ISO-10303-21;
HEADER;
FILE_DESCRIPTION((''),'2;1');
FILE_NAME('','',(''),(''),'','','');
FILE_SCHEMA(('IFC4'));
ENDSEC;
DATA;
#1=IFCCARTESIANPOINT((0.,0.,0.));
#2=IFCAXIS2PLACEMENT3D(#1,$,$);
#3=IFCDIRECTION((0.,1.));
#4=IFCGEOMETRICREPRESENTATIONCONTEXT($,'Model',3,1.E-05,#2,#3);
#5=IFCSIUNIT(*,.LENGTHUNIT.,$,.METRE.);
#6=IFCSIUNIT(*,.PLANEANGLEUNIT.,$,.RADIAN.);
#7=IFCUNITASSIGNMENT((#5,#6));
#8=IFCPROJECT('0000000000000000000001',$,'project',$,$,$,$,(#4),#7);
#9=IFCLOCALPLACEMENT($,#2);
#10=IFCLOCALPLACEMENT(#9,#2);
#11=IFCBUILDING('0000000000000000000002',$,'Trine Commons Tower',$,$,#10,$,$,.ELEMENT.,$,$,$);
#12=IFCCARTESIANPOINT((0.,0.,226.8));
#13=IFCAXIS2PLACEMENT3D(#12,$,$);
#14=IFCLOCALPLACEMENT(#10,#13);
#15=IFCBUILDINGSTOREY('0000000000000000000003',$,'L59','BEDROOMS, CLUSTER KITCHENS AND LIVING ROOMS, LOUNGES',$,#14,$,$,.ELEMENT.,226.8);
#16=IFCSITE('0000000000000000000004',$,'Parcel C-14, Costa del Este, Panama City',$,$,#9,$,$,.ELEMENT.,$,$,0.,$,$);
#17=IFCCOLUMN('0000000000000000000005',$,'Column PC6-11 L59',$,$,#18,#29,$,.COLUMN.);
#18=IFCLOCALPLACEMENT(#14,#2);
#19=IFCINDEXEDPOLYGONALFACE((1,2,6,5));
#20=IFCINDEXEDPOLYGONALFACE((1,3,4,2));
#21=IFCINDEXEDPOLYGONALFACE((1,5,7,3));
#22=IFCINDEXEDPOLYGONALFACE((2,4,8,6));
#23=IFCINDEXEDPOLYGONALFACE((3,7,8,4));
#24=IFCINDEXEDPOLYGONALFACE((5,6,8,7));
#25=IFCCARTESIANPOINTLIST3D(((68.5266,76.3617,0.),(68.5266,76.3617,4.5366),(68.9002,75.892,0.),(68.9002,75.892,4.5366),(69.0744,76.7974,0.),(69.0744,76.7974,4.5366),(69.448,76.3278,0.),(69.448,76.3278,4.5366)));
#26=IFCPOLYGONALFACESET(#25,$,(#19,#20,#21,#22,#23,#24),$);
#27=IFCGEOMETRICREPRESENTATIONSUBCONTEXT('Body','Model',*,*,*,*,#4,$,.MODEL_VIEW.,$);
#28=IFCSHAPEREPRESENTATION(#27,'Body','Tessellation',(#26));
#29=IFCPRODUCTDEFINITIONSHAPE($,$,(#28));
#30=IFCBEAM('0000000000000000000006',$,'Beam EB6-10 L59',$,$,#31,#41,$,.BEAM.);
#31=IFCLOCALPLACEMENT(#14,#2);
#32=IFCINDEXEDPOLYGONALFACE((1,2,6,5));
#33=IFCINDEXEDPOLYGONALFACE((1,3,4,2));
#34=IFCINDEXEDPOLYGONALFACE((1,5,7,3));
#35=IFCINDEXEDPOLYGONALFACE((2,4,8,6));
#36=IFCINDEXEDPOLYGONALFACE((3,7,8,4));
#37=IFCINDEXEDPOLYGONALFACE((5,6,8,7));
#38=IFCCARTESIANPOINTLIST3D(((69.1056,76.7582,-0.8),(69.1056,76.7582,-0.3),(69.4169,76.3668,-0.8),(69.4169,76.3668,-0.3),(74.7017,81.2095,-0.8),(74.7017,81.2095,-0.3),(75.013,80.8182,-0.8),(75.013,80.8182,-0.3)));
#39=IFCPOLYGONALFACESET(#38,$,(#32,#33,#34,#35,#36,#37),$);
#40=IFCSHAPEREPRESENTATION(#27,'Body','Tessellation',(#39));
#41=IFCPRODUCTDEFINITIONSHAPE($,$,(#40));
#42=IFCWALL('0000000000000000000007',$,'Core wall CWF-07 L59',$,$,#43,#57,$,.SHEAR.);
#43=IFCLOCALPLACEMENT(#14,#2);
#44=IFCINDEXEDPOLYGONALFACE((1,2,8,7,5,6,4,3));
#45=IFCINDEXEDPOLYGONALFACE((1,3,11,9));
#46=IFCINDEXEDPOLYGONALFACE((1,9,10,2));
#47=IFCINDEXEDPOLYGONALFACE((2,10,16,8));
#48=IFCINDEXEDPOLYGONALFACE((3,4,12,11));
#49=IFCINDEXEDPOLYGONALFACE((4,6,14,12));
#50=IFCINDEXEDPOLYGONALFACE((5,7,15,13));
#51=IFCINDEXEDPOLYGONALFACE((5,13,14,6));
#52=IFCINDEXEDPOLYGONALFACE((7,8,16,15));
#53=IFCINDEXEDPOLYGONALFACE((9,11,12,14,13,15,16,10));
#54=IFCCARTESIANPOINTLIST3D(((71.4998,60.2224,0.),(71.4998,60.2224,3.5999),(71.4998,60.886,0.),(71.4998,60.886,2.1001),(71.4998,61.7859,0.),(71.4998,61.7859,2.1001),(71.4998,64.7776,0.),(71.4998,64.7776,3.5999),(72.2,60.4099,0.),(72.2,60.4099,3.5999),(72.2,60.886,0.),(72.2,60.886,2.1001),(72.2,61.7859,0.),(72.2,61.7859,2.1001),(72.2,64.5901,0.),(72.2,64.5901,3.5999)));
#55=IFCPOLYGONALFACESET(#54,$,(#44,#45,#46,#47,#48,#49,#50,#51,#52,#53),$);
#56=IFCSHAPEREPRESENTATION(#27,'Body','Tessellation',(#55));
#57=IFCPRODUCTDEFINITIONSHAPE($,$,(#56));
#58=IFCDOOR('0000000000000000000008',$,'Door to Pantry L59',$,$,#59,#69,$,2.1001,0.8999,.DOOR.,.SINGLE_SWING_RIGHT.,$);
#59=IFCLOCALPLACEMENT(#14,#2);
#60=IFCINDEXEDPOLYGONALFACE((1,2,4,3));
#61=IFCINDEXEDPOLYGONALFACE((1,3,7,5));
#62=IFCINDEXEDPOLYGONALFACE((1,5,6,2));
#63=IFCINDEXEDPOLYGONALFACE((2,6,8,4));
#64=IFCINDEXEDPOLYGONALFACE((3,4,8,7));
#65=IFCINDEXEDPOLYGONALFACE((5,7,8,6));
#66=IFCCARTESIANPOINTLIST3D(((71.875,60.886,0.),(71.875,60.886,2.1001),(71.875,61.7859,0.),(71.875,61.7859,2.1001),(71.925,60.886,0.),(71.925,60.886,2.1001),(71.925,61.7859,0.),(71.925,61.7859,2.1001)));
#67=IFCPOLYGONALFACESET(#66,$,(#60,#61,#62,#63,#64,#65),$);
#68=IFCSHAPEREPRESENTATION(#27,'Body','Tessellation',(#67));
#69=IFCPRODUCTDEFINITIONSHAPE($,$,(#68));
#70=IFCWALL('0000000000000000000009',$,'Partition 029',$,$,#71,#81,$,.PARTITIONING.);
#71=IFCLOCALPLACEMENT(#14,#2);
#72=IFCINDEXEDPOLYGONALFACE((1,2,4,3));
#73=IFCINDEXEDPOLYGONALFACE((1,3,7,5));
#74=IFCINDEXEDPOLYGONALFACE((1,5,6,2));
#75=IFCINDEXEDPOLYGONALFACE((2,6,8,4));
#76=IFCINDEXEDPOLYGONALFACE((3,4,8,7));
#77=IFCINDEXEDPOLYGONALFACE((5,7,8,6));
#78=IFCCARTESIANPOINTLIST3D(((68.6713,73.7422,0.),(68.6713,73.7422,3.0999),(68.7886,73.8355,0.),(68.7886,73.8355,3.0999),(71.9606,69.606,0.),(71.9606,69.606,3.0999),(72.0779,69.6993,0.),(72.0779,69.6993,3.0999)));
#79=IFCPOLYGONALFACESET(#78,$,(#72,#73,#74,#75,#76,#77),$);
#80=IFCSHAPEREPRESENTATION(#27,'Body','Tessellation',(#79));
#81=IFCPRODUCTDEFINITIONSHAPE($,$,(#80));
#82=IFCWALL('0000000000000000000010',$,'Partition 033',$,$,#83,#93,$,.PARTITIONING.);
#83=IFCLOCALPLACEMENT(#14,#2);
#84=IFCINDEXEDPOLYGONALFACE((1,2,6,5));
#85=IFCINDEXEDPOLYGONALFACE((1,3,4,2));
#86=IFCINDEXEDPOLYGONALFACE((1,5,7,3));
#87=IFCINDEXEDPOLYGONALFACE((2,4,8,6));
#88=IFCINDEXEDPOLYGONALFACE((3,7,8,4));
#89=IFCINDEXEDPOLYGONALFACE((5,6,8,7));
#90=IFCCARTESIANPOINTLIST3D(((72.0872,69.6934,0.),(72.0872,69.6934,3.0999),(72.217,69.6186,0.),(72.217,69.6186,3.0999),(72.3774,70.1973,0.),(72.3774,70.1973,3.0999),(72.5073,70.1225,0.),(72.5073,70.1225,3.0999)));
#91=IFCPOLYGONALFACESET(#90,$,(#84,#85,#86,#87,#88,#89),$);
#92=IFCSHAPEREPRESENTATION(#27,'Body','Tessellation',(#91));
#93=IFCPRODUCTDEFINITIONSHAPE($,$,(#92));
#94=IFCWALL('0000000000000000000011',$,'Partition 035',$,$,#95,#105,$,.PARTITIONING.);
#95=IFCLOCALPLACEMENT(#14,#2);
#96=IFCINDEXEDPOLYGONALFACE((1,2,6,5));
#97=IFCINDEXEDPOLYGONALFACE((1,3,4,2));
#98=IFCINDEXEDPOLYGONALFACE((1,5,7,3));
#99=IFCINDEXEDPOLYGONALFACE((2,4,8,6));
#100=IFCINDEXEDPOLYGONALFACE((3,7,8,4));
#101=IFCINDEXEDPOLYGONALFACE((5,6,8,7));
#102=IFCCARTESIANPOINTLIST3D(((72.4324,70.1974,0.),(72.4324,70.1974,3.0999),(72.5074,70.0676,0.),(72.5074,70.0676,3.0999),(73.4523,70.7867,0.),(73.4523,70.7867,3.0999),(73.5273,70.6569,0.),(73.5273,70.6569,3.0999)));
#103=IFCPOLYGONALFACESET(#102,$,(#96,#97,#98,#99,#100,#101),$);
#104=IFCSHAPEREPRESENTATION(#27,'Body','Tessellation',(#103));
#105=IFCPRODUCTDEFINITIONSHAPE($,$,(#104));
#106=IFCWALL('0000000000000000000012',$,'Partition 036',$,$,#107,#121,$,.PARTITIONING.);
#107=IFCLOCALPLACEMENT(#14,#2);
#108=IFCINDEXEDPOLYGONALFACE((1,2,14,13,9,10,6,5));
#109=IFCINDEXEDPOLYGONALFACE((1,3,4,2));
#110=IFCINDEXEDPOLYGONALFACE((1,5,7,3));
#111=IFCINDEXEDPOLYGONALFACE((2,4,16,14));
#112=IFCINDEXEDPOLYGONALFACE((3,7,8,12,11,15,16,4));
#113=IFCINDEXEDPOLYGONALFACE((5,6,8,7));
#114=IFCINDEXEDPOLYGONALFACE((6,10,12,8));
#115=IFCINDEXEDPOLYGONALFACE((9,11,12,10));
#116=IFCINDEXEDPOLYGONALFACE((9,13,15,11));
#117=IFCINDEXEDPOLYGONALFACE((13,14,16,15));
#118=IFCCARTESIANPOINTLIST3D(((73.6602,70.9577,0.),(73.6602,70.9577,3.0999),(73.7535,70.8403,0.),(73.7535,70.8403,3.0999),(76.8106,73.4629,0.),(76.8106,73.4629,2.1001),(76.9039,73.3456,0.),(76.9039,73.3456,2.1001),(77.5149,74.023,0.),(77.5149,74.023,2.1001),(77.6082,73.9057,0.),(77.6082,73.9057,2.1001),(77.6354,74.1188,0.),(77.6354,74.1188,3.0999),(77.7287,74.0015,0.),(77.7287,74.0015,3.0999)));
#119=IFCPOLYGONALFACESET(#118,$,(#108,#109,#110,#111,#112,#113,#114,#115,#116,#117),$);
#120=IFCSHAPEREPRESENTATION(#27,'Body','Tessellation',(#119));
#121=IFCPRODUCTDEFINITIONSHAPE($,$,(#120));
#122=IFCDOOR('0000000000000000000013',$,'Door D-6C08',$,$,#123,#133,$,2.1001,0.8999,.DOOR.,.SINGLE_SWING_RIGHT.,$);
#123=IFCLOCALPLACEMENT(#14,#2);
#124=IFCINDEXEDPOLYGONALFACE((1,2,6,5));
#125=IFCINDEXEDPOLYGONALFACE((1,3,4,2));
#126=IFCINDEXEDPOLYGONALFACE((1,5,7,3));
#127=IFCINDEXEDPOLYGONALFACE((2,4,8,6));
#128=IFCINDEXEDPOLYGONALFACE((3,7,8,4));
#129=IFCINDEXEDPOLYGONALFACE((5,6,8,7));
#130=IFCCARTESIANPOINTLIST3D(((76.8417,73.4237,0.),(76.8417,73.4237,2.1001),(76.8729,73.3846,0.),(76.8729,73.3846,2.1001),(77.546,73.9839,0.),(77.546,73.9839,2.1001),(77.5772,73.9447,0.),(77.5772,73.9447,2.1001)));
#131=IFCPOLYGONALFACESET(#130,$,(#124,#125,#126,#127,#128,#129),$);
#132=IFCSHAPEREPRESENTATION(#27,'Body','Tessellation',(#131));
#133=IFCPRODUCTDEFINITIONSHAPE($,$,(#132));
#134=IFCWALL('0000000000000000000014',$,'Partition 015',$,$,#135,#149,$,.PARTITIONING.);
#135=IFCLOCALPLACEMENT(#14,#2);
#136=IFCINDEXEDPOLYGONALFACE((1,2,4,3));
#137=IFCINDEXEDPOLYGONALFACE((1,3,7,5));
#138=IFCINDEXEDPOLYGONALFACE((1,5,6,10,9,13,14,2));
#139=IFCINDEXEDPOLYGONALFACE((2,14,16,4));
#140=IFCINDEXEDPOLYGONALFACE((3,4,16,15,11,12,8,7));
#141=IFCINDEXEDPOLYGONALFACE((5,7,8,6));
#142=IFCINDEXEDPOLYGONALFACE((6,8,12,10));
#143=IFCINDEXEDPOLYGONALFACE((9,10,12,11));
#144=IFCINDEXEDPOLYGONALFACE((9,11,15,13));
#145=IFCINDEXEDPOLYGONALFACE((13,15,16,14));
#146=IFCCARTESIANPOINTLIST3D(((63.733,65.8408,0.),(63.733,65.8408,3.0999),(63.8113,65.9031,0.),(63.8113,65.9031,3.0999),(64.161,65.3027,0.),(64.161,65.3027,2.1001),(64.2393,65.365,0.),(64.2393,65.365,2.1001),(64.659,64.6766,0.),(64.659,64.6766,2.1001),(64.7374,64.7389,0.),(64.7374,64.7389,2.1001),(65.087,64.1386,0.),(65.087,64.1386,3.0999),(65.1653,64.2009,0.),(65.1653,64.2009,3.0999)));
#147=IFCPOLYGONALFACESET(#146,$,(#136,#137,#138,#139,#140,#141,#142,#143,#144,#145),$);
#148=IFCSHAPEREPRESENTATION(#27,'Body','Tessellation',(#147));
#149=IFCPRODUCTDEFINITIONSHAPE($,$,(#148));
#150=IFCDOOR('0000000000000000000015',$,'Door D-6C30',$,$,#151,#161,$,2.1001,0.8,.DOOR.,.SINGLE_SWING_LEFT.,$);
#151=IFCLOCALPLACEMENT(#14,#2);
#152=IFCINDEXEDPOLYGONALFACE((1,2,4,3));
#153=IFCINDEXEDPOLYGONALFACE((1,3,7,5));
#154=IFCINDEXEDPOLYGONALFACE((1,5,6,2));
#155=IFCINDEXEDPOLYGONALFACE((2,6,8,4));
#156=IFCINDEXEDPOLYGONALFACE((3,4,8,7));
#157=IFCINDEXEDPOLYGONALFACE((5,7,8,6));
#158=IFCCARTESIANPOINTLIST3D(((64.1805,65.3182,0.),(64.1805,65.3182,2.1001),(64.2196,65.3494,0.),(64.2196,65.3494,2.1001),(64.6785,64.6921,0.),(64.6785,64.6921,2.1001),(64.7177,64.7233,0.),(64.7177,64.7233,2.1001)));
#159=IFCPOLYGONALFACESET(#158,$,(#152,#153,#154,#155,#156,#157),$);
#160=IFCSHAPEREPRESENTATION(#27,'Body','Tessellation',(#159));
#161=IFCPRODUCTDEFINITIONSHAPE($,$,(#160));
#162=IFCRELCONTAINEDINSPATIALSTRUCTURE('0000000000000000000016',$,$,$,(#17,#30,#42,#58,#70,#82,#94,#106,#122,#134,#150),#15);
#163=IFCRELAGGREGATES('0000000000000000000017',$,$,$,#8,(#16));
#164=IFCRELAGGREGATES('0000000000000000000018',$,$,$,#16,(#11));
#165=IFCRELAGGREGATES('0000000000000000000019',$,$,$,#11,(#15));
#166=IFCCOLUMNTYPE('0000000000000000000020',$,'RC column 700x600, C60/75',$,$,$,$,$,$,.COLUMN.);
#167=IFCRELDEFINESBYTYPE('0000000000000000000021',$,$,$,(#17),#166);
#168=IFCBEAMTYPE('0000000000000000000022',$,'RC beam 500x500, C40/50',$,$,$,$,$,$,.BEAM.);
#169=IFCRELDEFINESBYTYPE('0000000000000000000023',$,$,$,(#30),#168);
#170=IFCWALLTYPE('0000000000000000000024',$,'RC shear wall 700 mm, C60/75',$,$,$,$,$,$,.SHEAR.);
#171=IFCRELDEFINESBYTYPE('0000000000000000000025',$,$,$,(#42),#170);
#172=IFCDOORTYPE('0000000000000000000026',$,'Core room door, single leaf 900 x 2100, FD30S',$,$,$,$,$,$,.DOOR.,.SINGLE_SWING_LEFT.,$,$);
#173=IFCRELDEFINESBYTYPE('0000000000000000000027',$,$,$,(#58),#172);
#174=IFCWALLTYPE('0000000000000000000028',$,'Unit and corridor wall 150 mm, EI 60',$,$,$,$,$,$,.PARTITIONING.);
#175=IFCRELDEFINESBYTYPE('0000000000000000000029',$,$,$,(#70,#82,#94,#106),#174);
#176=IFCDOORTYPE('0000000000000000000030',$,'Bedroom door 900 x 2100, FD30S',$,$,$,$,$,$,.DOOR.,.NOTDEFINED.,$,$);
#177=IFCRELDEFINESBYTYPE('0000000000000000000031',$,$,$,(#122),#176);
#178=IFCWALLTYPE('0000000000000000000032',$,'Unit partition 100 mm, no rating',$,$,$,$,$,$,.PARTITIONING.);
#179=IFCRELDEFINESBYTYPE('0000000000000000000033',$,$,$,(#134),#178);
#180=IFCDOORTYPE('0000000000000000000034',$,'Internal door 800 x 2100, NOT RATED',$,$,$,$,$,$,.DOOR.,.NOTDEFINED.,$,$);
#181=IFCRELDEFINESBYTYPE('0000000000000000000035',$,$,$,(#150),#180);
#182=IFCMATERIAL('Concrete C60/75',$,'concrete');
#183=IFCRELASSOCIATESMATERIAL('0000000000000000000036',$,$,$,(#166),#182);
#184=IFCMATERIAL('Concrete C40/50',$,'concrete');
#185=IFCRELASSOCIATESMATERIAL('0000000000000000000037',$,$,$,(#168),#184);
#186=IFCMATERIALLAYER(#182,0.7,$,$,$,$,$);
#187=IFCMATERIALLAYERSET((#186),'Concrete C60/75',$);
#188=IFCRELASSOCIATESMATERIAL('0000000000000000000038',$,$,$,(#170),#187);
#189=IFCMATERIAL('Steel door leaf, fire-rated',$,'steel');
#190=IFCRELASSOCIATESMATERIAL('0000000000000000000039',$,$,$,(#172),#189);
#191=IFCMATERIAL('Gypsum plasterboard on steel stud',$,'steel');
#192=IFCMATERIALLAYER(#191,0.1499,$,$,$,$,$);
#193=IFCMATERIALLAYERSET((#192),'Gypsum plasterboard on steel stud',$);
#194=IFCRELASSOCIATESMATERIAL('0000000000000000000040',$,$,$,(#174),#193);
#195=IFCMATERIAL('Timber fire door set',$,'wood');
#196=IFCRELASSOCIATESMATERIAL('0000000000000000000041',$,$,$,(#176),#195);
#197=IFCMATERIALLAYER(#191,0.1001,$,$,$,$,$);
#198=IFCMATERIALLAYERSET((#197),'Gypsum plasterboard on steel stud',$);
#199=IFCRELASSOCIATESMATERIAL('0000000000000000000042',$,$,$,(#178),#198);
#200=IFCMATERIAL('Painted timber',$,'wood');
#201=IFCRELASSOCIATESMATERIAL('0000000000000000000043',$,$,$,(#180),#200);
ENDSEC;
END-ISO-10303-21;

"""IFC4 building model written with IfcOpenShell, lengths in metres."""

from ifc_helpers import new_model, si_unit, direction, frame, frame_2d, origin, origin_2d, place, context, subcontext, project, spatial, polyline, rectangle, outline, extrude, material, layer, layer_set, material_profile, profile_set, type_object, element, fill, save


model = new_model("IFC4")

# Units and contexts
model_context = context("Model", 3, precision=1e-05, world=origin(), true_north=direction((0.0, 1.0)))
body_context = subcontext(model_context, "Body", "Model", "MODEL_VIEW")
ifc_project = project(units=[si_unit("LENGTHUNIT", "METRE"), si_unit("PLANEANGLEUNIT", "RADIAN")], contexts=[model_context])

# Site, building, storey
site_placement = place(None, origin())
site = spatial("IfcSite", under=ifc_project, at=site_placement, Name="Parcel C-14, Costa del Este, Panama City", CompositionType="ELEMENT", RefElevation=0.0)
building_placement = place(site_placement, origin())
building = spatial("IfcBuilding", under=site, at=building_placement, Name="Trine Commons Tower", CompositionType="ELEMENT")
storey_placement = place(building_placement, frame((0.0, 0.0, 226.8)))
storey = spatial("IfcBuildingStorey", under=building, at=storey_placement, Name="L59", Description="BEDROOMS, CLUSTER KITCHENS AND LIVING ROOMS, LOUNGES", CompositionType="ELEMENT", Elevation=226.8)

# Column
ifc_material_1 = material(Name="Concrete C60/75", Category="concrete")
ifc_material_profile_1 = material_profile(ifc_material_1, rectangle(XDim=0.7, YDim=0.6001, at=origin_2d()), Name="RC 700x600")
ifc_profile_set_1 = profile_set([ifc_material_profile_1], Name="Concrete C60/75")
column_type = type_object("IfcColumnType", Name="RC column 700x600, C60/75", PredefinedType="COLUMN", material=ifc_profile_set_1)
column_placement = place(storey_placement, frame((68.9873, 76.3447, 0.0), z_axis=(0.0, 0.0, 1.0), x_axis=(0.782608, 0.622515, 0.0)))
element("IfcColumn", 1, at=column_placement, inside=storey, type_object=column_type, Name="Column PC6-11 L59", PredefinedType="COLUMN", context=body_context, shape_type="SweptSolid", body=[
    extrude(rectangle(XDim=0.7, YDim=0.6001, at=origin_2d()), origin(), (0.0, 0.0, 1.0), 4.5366),
])

# Beam
ifc_material_2 = material(Name="Concrete C40/50", Category="concrete")
ifc_material_profile_2 = material_profile(ifc_material_2, rectangle(XDim=0.5, YDim=0.5, at=origin_2d()), Name="RC 500x500")
ifc_profile_set_2 = profile_set([ifc_material_profile_2], Name="Concrete C40/50")
beam_type = type_object("IfcBeamType", Name="RC beam 500x500, C40/50", PredefinedType="BEAM", material=ifc_profile_set_2)
beam_placement = place(storey_placement, frame((69.2612, 76.5625, -0.55), z_axis=(0.782608, 0.622515, 0.0), x_axis=(-0.622515, 0.782608, 0.0)))
element("IfcBeam", 2, at=beam_placement, inside=storey, type_object=beam_type, Name="Beam EB6-10 L59", PredefinedType="BEAM", context=body_context, shape_type="SweptSolid", body=[
    extrude(rectangle(XDim=0.5, YDim=0.5, at=origin_2d()), origin(), (0.0, 0.0, 1.0), 7.1506),
])

# Wall, opening, door
ifc_layer_1 = layer(ifc_material_1, 0.7)
ifc_layer_set_1 = layer_set([ifc_layer_1], Name="Concrete C60/75")
wall_type_1 = type_object("IfcWallType", Name="RC shear wall 700 mm, C60/75", PredefinedType="SHEAR", material=ifc_layer_set_1)
wall_1_placement = place(storey_placement, frame((71.8499, 64.7776, 0.0), z_axis=(0.0, 0.0, 1.0), x_axis=(0.0, -1.0, 0.0)))
wall_1 = element("IfcWall", 3, at=wall_1_placement, inside=storey, type_object=wall_type_1, Name="Core wall CWF-07 L59", PredefinedType="SHEAR", context=body_context, shape_type="SweptSolid", body=[
    extrude(outline(polyline([(0.0, -0.3501), (4.5552, -0.3501), (4.3677, 0.3501), (0.1875, 0.3501), (0.0, -0.3501)])), origin(), (0.0, 0.0, 1.0), 3.5999),
])
opening_1_placement = place(wall_1_placement, frame((2.9917, 0.0, 0.0)))
opening_1 = element("IfcOpeningElement", 4, at=opening_1_placement, cuts=wall_1, PredefinedType="OPENING", context=body_context, shape_type="SweptSolid", body=[
    extrude(rectangle(XDim=0.8999, YDim=2.1001, at=frame_2d((0.45, 1.05))), frame((0.0, 0.3599, 0.0), z_axis=(0.0, -1.0, 0.0), x_axis=(1.0, 0.0, 0.0)), (0.0, 0.0, 1.0), 0.72),
])
ifc_material_3 = material(Name="Steel door leaf, fire-rated", Category="steel")
door_type_1 = type_object("IfcDoorType", Name="Core room door, single leaf 900 x 2100, FD30S", OperationType="SINGLE_SWING_LEFT", PredefinedType="DOOR", material=ifc_material_3)
door_1_placement = place(opening_1_placement, origin())
door_1 = element("IfcDoor", 5, at=door_1_placement, inside=storey, type_object=door_type_1, Name="Door to Pantry L59", OperationType="SINGLE_SWING_RIGHT", OverallHeight=2.1001, OverallWidth=0.8999, PredefinedType="DOOR", context=body_context, shape_type="SweptSolid", body=[
    extrude(rectangle(XDim=0.8999, YDim=2.1001, at=frame_2d((0.45, 1.05))), frame((0.0, 0.0752, 0.0), z_axis=(0.0, -1.0, 0.0), x_axis=(1.0, 0.0, 0.0)), (0.0, 0.0, 1.0), 0.05),
])
fill(opening_1, door_1)

# Walls
ifc_material_4 = material(Name="Gypsum plasterboard on steel stud", Category="steel")
ifc_layer_2 = layer(ifc_material_4, 0.1499)
ifc_layer_set_2 = layer_set([ifc_layer_2], Name="Gypsum plasterboard on steel stud")
wall_type_2 = type_object("IfcWallType", Name="Unit and corridor wall 150 mm, EI 60", PredefinedType="PARTITIONING", material=ifc_layer_set_2)
wall_2_placement = place(storey_placement, frame((68.73, 73.7888, 0.0), z_axis=(0.0, 0.0, 1.0), x_axis=(0.622422, -0.782682, 0.0)))
element("IfcWall", 6, at=wall_2_placement, inside=storey, type_object=wall_type_2, Name="Partition 029", PredefinedType="PARTITIONING", context=body_context, shape_type="SweptSolid", body=[
    extrude(rectangle(XDim=5.2847, YDim=0.1499, at=frame_2d((2.6423, 0.0))), origin(), (0.0, 0.0, 1.0), 3.0999),
])
wall_3_placement = place(storey_placement, frame((72.1521, 69.656, 0.0), z_axis=(0.0, 0.0, 1.0), x_axis=(0.499165, 0.866507, 0.0)))
element("IfcWall", 7, at=wall_3_placement, inside=storey, type_object=wall_type_2, Name="Partition 033", PredefinedType="PARTITIONING", context=body_context, shape_type="SweptSolid", body=[
    extrude(rectangle(XDim=0.5815, YDim=0.1499, at=frame_2d((0.2908, 0.0))), origin(), (0.0, 0.0, 1.0), 3.0999),
])
wall_4_placement = place(storey_placement, frame((72.47, 70.1326, 0.0), z_axis=(0.0, 0.0, 1.0), x_axis=(0.865861, 0.500285, 0.0)))
element("IfcWall", 8, at=wall_4_placement, inside=storey, type_object=wall_type_2, Name="Partition 035", PredefinedType="PARTITIONING", context=body_context, shape_type="SweptSolid", body=[
    extrude(rectangle(XDim=1.178, YDim=0.1499, at=frame_2d((0.5889, 0.0))), origin(), (0.0, 0.0, 1.0), 3.0999),
])

# Walls, openings, doors
wall_5_placement = place(storey_placement, frame((73.7068, 70.8989, 0.0), z_axis=(0.0, 0.0, 1.0), x_axis=(0.782685, 0.622418, 0.0)))
wall_5 = element("IfcWall", 9, at=wall_5_placement, inside=storey, type_object=wall_type_2, Name="Partition 036", PredefinedType="PARTITIONING", context=body_context, shape_type="SweptSolid", body=[
    extrude(rectangle(XDim=5.0789, YDim=0.1499, at=frame_2d((2.5396, 0.0))), origin(), (0.0, 0.0, 1.0), 3.0999),
])
opening_2_placement = place(wall_5_placement, frame((4.0251, 0.0, 0.0)))
opening_2 = element("IfcOpeningElement", 10, at=opening_2_placement, cuts=wall_5, PredefinedType="OPENING", context=body_context, shape_type="SweptSolid", body=[
    extrude(rectangle(XDim=0.8999, YDim=2.1001, at=frame_2d((0.45, 1.05))), frame((0.0, 0.085, 0.0), z_axis=(0.0, -1.0, 0.0), x_axis=(1.0, 0.0, 0.0)), (0.0, 0.0, 1.0), 0.1699),
])
ifc_material_5 = material(Name="Timber fire door set", Category="wood")
door_type_2 = type_object("IfcDoorType", Name="Bedroom door 900 x 2100, FD30S", OperationType="NOTDEFINED", PredefinedType="DOOR", material=ifc_material_5)
door_2_placement = place(opening_2_placement, origin())
door_2 = element("IfcDoor", 11, at=door_2_placement, inside=storey, type_object=door_type_2, Name="Door D-6C08", OperationType="SINGLE_SWING_RIGHT", OverallHeight=2.1001, OverallWidth=0.8999, PredefinedType="DOOR", context=body_context, shape_type="SweptSolid", body=[
    extrude(rectangle(XDim=0.8999, YDim=2.1001, at=frame_2d((0.45, 1.05))), frame((0.0, 0.0249, 0.0), z_axis=(0.0, -1.0, 0.0), x_axis=(1.0, 0.0, 0.0)), (0.0, 0.0, 1.0), 0.05),
])
fill(opening_2, door_2)
ifc_layer_3 = layer(ifc_material_4, 0.1001)
ifc_layer_set_3 = layer_set([ifc_layer_3], Name="Gypsum plasterboard on steel stud")
wall_type_3 = type_object("IfcWallType", Name="Unit partition 100 mm, no rating", PredefinedType="PARTITIONING", material=ifc_layer_set_3)
wall_6_placement = place(storey_placement, frame((63.7722, 65.8718, 0.0), z_axis=(0.0, 0.0, 1.0), x_axis=(0.62253, -0.782596, 0.0)))
wall_6 = element("IfcWall", 12, at=wall_6_placement, inside=storey, type_object=wall_type_3, Name="Partition 015", PredefinedType="PARTITIONING", context=body_context, shape_type="SweptSolid", body=[
    extrude(rectangle(XDim=2.175, YDim=0.1001, at=frame_2d((1.0874, 0.0))), origin(), (0.0, 0.0, 1.0), 3.0999),
])
opening_3_placement = place(wall_6_placement, frame((0.6875, 0.0, 0.0)))
opening_3 = element("IfcOpeningElement", 13, at=opening_3_placement, cuts=wall_6, PredefinedType="OPENING", context=body_context, shape_type="SweptSolid", body=[
    extrude(rectangle(XDim=0.8, YDim=2.1001, at=frame_2d((0.3999, 1.05))), frame((0.0, 0.0601, 0.0), z_axis=(0.0, -1.0, 0.0), x_axis=(1.0, 0.0, 0.0)), (0.0, 0.0, 1.0), 0.1201),
])
ifc_material_6 = material(Name="Painted timber", Category="wood")
door_type_3 = type_object("IfcDoorType", Name="Internal door 800 x 2100, NOT RATED", OperationType="NOTDEFINED", PredefinedType="DOOR", material=ifc_material_6)
door_3_placement = place(opening_3_placement, origin())
door_3 = element("IfcDoor", 14, at=door_3_placement, inside=storey, type_object=door_type_3, Name="Door D-6C30", OperationType="SINGLE_SWING_LEFT", OverallHeight=2.1001, OverallWidth=0.8, PredefinedType="DOOR", context=body_context, shape_type="SweptSolid", body=[
    extrude(rectangle(XDim=0.8, YDim=2.1001, at=frame_2d((0.3999, 1.05))), frame((0.0, 0.0249, 0.0), z_axis=(0.0, -1.0, 0.0), x_axis=(1.0, 0.0, 0.0)), (0.0, 0.0, 1.0), 0.05),
])
fill(opening_3, door_3)

save(model, "model.ifc")
